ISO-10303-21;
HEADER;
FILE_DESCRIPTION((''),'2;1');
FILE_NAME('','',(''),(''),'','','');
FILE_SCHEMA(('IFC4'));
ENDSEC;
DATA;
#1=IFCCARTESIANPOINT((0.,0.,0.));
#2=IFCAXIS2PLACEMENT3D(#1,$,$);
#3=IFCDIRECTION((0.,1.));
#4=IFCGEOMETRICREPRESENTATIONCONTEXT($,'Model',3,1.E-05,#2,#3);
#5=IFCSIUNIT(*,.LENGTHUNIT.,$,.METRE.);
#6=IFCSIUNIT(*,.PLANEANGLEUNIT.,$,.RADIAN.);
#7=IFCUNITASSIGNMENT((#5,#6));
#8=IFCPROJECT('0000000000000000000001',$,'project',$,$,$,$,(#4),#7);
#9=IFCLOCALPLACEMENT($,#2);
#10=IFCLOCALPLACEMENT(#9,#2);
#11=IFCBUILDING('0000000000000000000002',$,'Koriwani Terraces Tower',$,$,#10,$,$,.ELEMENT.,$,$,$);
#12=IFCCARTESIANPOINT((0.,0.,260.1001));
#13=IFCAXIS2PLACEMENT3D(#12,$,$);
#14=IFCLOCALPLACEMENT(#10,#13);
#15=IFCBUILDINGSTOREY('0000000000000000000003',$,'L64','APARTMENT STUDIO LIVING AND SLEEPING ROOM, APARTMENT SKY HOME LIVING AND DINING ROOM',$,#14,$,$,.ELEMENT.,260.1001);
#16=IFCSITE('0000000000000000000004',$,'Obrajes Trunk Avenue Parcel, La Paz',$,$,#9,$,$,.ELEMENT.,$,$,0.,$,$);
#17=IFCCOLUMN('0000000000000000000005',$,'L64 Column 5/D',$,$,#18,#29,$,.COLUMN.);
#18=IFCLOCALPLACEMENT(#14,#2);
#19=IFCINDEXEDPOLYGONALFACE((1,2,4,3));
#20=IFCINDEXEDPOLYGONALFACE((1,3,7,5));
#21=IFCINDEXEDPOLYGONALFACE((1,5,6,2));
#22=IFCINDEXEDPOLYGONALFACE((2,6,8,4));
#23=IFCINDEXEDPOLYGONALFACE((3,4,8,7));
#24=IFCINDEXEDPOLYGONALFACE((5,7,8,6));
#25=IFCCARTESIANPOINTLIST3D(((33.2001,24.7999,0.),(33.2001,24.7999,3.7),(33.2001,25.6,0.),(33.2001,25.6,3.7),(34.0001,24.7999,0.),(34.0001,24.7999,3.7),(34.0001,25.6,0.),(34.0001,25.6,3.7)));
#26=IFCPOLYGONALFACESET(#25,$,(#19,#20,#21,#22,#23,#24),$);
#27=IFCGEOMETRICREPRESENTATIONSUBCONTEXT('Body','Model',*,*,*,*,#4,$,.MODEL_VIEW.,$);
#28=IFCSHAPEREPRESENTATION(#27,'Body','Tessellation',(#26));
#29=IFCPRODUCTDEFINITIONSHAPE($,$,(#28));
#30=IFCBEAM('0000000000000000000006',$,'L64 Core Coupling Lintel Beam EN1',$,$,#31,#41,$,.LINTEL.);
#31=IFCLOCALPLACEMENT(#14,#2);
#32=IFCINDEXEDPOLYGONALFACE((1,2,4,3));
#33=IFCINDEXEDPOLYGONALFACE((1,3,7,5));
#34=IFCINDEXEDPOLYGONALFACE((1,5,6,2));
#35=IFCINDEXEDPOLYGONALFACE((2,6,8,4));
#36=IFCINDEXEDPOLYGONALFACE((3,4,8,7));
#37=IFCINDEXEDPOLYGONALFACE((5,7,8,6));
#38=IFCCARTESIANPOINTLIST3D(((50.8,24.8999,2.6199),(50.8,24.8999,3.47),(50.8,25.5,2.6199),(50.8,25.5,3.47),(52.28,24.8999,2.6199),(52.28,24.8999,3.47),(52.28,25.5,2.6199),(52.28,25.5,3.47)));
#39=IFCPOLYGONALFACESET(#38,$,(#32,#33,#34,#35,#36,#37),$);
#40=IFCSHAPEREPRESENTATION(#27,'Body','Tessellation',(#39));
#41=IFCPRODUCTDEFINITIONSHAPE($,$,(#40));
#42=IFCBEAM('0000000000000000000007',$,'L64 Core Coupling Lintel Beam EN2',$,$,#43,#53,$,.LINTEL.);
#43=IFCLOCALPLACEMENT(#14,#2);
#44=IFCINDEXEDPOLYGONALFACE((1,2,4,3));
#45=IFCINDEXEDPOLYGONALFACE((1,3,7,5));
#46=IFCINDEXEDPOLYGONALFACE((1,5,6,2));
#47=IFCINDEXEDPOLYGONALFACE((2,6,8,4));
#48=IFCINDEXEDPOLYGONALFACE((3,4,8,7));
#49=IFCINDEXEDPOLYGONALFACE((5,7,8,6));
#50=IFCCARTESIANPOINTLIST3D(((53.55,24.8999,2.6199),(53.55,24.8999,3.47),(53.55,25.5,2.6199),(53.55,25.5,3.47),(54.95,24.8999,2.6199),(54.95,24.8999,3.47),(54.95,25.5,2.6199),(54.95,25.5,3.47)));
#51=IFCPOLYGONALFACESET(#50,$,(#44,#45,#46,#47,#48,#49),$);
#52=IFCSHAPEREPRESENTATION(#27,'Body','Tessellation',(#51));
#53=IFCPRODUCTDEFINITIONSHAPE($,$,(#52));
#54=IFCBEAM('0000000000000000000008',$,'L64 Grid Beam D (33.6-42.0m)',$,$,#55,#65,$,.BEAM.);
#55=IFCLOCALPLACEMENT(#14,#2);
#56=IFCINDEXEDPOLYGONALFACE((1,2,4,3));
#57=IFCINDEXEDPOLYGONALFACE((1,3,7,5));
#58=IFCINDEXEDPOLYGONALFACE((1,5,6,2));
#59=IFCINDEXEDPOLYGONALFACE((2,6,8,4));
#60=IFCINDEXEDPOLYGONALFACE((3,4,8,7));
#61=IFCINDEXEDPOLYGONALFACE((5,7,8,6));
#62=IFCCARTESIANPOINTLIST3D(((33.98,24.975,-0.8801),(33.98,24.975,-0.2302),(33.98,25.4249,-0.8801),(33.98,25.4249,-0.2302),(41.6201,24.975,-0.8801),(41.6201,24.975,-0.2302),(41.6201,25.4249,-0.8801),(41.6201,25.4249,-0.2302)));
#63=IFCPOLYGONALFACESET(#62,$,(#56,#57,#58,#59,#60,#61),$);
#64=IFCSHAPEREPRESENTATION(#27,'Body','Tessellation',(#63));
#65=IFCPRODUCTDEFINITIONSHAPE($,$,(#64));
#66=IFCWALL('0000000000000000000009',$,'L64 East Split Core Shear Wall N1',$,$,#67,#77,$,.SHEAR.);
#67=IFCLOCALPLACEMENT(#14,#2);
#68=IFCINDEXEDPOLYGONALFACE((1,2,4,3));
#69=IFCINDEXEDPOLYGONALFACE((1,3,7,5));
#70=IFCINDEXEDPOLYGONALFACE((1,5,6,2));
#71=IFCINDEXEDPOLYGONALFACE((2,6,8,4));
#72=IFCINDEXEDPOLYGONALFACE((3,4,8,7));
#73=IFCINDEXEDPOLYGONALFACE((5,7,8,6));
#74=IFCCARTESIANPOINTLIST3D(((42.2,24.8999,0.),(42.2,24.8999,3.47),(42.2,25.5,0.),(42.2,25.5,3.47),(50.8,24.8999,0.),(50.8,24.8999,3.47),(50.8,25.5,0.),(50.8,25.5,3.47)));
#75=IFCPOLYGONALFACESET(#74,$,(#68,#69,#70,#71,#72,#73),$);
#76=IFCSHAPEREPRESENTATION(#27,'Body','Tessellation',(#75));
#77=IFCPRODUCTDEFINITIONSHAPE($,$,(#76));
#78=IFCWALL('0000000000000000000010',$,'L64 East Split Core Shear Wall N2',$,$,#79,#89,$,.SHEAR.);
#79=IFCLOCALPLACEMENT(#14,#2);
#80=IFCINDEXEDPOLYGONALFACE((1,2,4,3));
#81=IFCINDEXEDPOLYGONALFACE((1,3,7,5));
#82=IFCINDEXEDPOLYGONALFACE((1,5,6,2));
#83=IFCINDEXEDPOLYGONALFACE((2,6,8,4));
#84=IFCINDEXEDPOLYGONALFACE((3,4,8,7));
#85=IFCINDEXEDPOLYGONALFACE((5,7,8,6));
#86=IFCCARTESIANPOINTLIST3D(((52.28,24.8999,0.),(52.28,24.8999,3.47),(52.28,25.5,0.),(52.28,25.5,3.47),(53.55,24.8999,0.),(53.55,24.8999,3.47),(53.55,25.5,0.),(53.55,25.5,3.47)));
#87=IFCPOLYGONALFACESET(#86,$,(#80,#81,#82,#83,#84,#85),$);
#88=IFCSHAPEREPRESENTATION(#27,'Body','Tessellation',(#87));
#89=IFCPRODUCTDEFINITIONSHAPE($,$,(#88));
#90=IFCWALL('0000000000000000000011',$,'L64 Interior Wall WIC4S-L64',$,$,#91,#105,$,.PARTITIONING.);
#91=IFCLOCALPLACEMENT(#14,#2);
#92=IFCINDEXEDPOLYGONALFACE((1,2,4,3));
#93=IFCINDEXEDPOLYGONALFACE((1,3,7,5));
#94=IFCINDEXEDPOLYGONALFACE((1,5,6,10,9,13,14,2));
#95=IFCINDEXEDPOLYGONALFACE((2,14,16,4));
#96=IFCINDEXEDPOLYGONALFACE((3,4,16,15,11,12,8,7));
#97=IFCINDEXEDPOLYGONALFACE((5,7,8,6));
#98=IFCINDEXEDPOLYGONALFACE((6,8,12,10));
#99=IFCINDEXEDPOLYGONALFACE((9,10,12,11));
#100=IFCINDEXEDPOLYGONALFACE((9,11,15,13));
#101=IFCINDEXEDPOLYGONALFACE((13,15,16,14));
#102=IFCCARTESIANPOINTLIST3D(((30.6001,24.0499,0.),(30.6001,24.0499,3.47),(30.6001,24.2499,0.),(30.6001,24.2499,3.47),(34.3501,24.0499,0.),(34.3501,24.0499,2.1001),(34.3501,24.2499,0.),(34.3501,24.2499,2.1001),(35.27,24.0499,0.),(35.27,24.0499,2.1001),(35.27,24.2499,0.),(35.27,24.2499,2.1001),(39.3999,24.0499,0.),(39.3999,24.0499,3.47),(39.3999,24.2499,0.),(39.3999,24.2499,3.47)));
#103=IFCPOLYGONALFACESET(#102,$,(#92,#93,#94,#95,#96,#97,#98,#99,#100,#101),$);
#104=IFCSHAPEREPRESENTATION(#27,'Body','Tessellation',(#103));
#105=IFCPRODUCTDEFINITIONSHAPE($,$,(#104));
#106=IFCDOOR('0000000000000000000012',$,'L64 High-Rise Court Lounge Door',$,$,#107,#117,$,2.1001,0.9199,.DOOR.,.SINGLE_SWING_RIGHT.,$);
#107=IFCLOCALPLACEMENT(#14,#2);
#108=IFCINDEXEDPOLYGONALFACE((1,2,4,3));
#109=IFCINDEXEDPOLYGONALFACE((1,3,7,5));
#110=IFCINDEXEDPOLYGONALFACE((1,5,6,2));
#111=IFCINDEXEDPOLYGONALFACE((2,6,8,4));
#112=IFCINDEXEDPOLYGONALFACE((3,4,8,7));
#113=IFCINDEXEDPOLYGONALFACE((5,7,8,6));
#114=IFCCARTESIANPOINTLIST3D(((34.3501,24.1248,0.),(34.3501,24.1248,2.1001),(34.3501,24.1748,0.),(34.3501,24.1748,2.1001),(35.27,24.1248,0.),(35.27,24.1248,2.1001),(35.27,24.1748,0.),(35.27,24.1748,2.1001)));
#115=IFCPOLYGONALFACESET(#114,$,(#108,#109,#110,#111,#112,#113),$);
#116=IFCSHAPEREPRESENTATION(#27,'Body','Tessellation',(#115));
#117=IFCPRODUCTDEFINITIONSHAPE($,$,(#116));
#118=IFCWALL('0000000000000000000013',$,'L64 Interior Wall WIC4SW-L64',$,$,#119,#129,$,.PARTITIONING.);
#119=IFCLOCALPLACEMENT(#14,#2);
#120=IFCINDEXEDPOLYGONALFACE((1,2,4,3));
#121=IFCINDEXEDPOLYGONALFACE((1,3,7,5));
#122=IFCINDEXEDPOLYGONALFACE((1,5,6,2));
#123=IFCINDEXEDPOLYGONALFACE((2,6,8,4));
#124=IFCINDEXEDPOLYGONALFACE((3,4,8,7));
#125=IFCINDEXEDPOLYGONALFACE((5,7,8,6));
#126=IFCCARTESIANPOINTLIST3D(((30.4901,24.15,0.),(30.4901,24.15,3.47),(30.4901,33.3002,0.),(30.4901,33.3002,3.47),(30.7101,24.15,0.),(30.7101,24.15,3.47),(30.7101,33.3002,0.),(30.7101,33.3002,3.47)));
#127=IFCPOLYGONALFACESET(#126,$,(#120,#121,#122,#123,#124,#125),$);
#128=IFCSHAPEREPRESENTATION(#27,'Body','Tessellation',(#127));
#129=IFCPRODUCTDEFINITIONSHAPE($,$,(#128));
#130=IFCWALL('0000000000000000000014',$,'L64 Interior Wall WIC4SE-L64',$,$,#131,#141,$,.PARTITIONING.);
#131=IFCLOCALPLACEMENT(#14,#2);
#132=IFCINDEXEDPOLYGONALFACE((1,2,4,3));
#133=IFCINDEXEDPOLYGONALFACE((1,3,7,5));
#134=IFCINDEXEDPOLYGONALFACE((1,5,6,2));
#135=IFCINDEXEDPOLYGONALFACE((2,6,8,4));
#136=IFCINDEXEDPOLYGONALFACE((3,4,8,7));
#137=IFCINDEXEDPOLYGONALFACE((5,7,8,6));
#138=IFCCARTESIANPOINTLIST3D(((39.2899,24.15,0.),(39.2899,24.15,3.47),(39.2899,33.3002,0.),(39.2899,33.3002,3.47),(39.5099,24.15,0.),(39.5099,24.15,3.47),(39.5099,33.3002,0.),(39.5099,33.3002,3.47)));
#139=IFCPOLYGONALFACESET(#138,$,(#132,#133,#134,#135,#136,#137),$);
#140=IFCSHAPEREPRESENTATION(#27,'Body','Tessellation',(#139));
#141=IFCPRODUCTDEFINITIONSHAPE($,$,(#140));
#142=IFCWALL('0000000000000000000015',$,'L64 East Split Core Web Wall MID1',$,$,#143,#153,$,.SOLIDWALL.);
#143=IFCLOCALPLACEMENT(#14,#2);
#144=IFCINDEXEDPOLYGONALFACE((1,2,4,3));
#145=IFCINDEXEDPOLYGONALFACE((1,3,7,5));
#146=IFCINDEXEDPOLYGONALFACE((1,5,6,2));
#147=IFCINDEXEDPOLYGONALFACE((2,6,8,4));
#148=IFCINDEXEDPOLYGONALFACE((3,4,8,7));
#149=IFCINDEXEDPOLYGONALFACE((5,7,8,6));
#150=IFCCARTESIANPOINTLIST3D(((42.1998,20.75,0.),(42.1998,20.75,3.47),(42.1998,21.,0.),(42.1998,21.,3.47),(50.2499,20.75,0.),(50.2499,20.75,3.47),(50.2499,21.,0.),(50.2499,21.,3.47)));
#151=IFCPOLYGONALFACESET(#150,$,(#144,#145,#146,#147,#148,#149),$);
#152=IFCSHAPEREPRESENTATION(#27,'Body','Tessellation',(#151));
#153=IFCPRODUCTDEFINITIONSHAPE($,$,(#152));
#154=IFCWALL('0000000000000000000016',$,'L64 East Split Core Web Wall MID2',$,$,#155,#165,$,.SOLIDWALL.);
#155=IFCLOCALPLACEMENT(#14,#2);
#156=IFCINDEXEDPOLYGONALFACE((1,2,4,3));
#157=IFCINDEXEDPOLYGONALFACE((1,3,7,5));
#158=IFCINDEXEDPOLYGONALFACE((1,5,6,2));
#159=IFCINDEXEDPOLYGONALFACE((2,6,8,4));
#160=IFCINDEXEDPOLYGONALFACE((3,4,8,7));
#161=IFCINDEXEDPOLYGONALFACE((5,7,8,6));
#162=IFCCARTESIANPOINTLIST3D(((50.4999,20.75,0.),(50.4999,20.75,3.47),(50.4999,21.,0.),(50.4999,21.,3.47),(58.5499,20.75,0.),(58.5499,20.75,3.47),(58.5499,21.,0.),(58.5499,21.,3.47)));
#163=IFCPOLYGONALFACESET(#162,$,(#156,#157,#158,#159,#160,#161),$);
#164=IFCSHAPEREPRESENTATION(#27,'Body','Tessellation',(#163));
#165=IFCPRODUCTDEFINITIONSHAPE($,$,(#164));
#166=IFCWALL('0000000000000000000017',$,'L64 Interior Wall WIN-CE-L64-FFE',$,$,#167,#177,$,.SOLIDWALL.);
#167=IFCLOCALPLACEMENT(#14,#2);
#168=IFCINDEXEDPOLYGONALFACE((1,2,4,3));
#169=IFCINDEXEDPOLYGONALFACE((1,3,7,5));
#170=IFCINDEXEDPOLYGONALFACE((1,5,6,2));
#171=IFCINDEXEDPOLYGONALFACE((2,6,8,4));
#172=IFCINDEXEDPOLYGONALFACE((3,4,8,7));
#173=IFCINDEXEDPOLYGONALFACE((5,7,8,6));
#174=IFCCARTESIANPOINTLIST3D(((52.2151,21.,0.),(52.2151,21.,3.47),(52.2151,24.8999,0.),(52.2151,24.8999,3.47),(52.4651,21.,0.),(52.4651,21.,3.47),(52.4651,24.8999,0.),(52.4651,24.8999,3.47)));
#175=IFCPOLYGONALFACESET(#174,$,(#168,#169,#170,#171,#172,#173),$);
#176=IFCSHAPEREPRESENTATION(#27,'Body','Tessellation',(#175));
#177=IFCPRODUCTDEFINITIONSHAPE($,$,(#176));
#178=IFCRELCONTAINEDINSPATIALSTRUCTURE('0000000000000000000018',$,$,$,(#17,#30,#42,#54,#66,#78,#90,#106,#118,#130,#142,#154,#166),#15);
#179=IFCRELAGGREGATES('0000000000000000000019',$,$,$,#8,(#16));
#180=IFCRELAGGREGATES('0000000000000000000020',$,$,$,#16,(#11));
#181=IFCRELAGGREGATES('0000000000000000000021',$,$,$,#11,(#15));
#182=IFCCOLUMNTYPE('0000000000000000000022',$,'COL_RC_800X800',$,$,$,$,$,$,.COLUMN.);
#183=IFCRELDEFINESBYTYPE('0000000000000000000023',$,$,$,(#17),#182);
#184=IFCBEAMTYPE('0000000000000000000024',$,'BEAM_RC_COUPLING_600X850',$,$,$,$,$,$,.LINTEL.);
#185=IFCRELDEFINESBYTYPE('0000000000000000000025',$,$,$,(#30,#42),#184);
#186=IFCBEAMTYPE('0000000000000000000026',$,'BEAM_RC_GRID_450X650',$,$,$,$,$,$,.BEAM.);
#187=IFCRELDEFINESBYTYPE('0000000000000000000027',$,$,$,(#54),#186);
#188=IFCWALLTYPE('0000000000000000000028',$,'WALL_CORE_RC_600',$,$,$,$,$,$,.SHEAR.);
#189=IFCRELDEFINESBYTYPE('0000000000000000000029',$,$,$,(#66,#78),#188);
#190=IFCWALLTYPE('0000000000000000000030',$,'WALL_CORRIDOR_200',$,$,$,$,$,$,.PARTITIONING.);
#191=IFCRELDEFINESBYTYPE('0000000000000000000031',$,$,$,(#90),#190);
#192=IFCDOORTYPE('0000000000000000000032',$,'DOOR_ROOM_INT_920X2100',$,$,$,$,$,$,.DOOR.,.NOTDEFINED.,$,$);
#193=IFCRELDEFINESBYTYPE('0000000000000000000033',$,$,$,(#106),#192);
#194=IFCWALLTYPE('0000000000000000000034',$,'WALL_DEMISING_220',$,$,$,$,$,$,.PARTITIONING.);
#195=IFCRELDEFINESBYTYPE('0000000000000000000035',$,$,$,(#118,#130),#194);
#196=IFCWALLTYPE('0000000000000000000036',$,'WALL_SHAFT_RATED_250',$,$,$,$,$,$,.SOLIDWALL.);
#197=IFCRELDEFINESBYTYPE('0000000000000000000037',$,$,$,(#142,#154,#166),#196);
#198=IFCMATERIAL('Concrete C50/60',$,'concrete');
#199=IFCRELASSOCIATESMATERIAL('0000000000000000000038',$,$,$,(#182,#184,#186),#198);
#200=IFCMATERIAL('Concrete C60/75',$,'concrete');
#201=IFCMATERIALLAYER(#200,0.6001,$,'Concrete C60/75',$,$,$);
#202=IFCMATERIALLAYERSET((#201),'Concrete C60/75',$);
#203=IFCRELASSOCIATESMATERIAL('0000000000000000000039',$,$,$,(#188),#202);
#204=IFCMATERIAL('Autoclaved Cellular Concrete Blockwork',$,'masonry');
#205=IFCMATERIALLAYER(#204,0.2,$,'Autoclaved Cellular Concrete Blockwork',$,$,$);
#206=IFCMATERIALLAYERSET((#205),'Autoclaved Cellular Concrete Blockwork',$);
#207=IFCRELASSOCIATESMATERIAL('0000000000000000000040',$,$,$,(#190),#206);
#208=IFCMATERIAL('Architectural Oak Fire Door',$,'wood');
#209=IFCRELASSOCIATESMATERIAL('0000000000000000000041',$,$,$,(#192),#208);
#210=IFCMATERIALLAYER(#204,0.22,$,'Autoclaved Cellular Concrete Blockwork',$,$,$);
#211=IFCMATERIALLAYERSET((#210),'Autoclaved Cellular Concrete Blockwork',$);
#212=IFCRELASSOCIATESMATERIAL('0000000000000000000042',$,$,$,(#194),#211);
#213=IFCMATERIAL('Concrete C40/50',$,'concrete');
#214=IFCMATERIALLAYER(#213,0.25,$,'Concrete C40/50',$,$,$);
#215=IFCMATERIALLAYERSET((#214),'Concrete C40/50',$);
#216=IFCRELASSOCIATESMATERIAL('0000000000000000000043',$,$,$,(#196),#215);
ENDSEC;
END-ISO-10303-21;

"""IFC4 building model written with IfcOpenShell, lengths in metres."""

from ifc_helpers import new_model, si_unit, direction, frame, frame_2d, origin, origin_2d, place, context, subcontext, project, spatial, rectangle, extrude, material, layer, layer_set, material_profile, profile_set, type_object, element, fill, save


model = new_model("IFC4")

# Units and contexts
model_context = context("Model", 3, precision=1e-05, world=origin(), true_north=direction((0.0, 1.0)))
body_context = subcontext(model_context, "Body", "Model", "MODEL_VIEW")
ifc_project = project(units=[si_unit("LENGTHUNIT", "METRE"), si_unit("PLANEANGLEUNIT", "RADIAN")], contexts=[model_context])

# Site, building, storey
site_placement = place(None, origin())
site = spatial("IfcSite", under=ifc_project, at=site_placement, Name="Obrajes Trunk Avenue Parcel, La Paz", CompositionType="ELEMENT", RefElevation=0.0)
building_placement = place(site_placement, origin())
building = spatial("IfcBuilding", under=site, at=building_placement, Name="Koriwani Terraces Tower", CompositionType="ELEMENT")
storey_placement = place(building_placement, frame((0.0, 0.0, 260.1001)))
storey = spatial("IfcBuildingStorey", under=building, at=storey_placement, Name="L64", Description="APARTMENT STUDIO LIVING AND SLEEPING ROOM, APARTMENT SKY HOME LIVING AND DINING ROOM", CompositionType="ELEMENT", Elevation=260.1001)

# Column
ifc_material_1 = material(Name="Concrete C50/60", Category="concrete")
ifc_material_profile_1 = material_profile(ifc_material_1, rectangle(XDim=0.8, YDim=0.8, at=origin_2d()), Name="Concrete C50/60", Category="LoadBearing")
ifc_profile_set_1 = profile_set([ifc_material_profile_1], Name="Concrete C50/60")
column_type = type_object("IfcColumnType", Name="COL_RC_800X800", PredefinedType="COLUMN", material=ifc_profile_set_1)
column_placement = place(storey_placement, frame((33.6001, 25.2, 0.0), z_axis=(0.0, 0.0, 1.0), x_axis=(1.0, 0.0, 0.0)))
element("IfcColumn", 1, at=column_placement, inside=storey, type_object=column_type, Name="L64 Column 5/D", PredefinedType="COLUMN", context=body_context, shape_type="SweptSolid", body=[
    extrude(rectangle(XDim=0.8, YDim=0.8, at=origin_2d()), origin(), (0.0, 0.0, 1.0), 3.7),
])

# Beams
ifc_material_profile_2 = material_profile(ifc_material_1, rectangle(XDim=0.6001, YDim=0.8501, at=origin_2d()), Name="Concrete C50/60", Category="LoadBearing")
ifc_profile_set_2 = profile_set([ifc_material_profile_2], Name="Concrete C50/60")
beam_type_1 = type_object("IfcBeamType", Name="BEAM_RC_COUPLING_600X850", PredefinedType="LINTEL", material=ifc_profile_set_2)
beam_1_placement = place(storey_placement, frame((50.8, 25.2, 3.0449), z_axis=(1.0, 0.0, 0.0), x_axis=(0.0, 1.0, 0.0)))
element("IfcBeam", 2, at=beam_1_placement, inside=storey, type_object=beam_type_1, Name="L64 Core Coupling Lintel Beam EN1", PredefinedType="LINTEL", context=body_context, shape_type="SweptSolid", body=[
    extrude(rectangle(XDim=0.6001, YDim=0.8501, at=origin_2d()), origin(), (0.0, 0.0, 1.0), 1.48),
])
beam_2_placement = place(storey_placement, frame((53.55, 25.2, 3.0449), z_axis=(1.0, 0.0, 0.0), x_axis=(0.0, 1.0, 0.0)))
element("IfcBeam", 3, at=beam_2_placement, inside=storey, type_object=beam_type_1, Name="L64 Core Coupling Lintel Beam EN2", PredefinedType="LINTEL", context=body_context, shape_type="SweptSolid", body=[
    extrude(rectangle(XDim=0.6001, YDim=0.8501, at=origin_2d()), origin(), (0.0, 0.0, 1.0), 1.3999),
])
ifc_material_profile_3 = material_profile(ifc_material_1, rectangle(XDim=0.45, YDim=0.6499, at=origin_2d()), Name="Concrete C50/60", Category="LoadBearing")
ifc_profile_set_3 = profile_set([ifc_material_profile_3], Name="Concrete C50/60")
beam_type_2 = type_object("IfcBeamType", Name="BEAM_RC_GRID_450X650", PredefinedType="BEAM", material=ifc_profile_set_3)
beam_3_placement = place(storey_placement, frame((33.98, 25.2, -0.5552), z_axis=(1.0, 0.0, 0.0), x_axis=(0.0, 1.0, 0.0)))
element("IfcBeam", 4, at=beam_3_placement, inside=storey, type_object=beam_type_2, Name="L64 Grid Beam D (33.6-42.0m)", PredefinedType="BEAM", context=body_context, shape_type="SweptSolid", body=[
    extrude(rectangle(XDim=0.45, YDim=0.6499, at=origin_2d()), origin(), (0.0, 0.0, 1.0), 7.6401),
])

# Walls
ifc_material_2 = material(Name="Concrete C60/75", Category="concrete")
ifc_layer_1 = layer(ifc_material_2, 0.6001, Name="Concrete C60/75")
ifc_layer_set_1 = layer_set([ifc_layer_1], Name="Concrete C60/75")
wall_type_1 = type_object("IfcWallType", Name="WALL_CORE_RC_600", PredefinedType="SHEAR", material=ifc_layer_set_1)
wall_1_placement = place(storey_placement, frame((42.2, 25.2, 0.0), z_axis=(0.0, 0.0, 1.0), x_axis=(1.0, 0.0, 0.0)))
element("IfcWall", 5, at=wall_1_placement, inside=storey, type_object=wall_type_1, Name="L64 East Split Core Shear Wall N1", PredefinedType="SHEAR", context=body_context, shape_type="SweptSolid", body=[
    extrude(rectangle(XDim=8.6001, YDim=0.6001, at=frame_2d((4.3, 0.0))), origin(), (0.0, 0.0, 1.0), 3.47),
])
wall_2_placement = place(storey_placement, frame((52.28, 25.2, 0.0), z_axis=(0.0, 0.0, 1.0), x_axis=(1.0, 0.0, 0.0)))
element("IfcWall", 6, at=wall_2_placement, inside=storey, type_object=wall_type_1, Name="L64 East Split Core Shear Wall N2", PredefinedType="SHEAR", context=body_context, shape_type="SweptSolid", body=[
    extrude(rectangle(XDim=1.27, YDim=0.6001, at=frame_2d((0.635, 0.0))), origin(), (0.0, 0.0, 1.0), 3.47),
])

# Wall, opening, door
ifc_material_3 = material(Name="Autoclaved Cellular Concrete Blockwork", Category="masonry")
ifc_layer_2 = layer(ifc_material_3, 0.2, Name="Autoclaved Cellular Concrete Blockwork")
ifc_layer_set_2 = layer_set([ifc_layer_2], Name="Autoclaved Cellular Concrete Blockwork")
wall_type_2 = type_object("IfcWallType", Name="WALL_CORRIDOR_200", PredefinedType="PARTITIONING", material=ifc_layer_set_2)
wall_3_placement = place(storey_placement, frame((30.6001, 24.1499, 0.0), z_axis=(0.0, 0.0, 1.0), x_axis=(1.0, 0.0, 0.0)))
wall_3 = element("IfcWall", 7, at=wall_3_placement, inside=storey, type_object=wall_type_2, Name="L64 Interior Wall WIC4S-L64", PredefinedType="PARTITIONING", context=body_context, shape_type="SweptSolid", body=[
    extrude(rectangle(XDim=8.7998, YDim=0.2, at=frame_2d((4.3999, 0.0))), origin(), (0.0, 0.0, 1.0), 3.47),
])
opening_1_placement = place(wall_3_placement, frame((3.75, 0.0, 0.0)))
opening_1 = element("IfcOpeningElement", 8, at=opening_1_placement, cuts=wall_3, PredefinedType="OPENING", context=body_context, shape_type="SweptSolid", body=[
    extrude(rectangle(XDim=0.9199, YDim=2.1001, at=frame_2d((0.46, 1.05))), frame((0.0, 0.1099, 0.0), z_axis=(0.0, -1.0, 0.0), x_axis=(1.0, 0.0, 0.0)), (0.0, 0.0, 1.0), 0.22),
])
ifc_material_4 = material(Name="Architectural Oak Fire Door", Category="wood")
door_type_1 = type_object("IfcDoorType", Name="DOOR_ROOM_INT_920X2100", OperationType="NOTDEFINED", PredefinedType="DOOR", material=ifc_material_4)
door_1_placement = place(opening_1_placement, origin())
door_1 = element("IfcDoor", 9, at=door_1_placement, inside=storey, type_object=door_type_1, Name="L64 High-Rise Court Lounge Door", OperationType="SINGLE_SWING_RIGHT", OverallHeight=2.1001, OverallWidth=0.9199, PredefinedType="DOOR", context=body_context, shape_type="SweptSolid", body=[
    extrude(rectangle(XDim=0.9199, YDim=2.1001, at=frame_2d((0.46, 1.05))), frame((0.0, 0.0249, 0.0), z_axis=(0.0, -1.0, 0.0), x_axis=(1.0, 0.0, 0.0)), (0.0, 0.0, 1.0), 0.05),
])
fill(opening_1, door_1)

# Walls
ifc_layer_3 = layer(ifc_material_3, 0.22, Name="Autoclaved Cellular Concrete Blockwork")
ifc_layer_set_3 = layer_set([ifc_layer_3], Name="Autoclaved Cellular Concrete Blockwork")
wall_type_3 = type_object("IfcWallType", Name="WALL_DEMISING_220", PredefinedType="PARTITIONING", material=ifc_layer_set_3)
for number, where, z_axis, x_axis, name in (
    (10, (30.6001, 24.1499, 0.0), (0.0, 0.0, 1.0), (0.0, 1.0, 0.0), "L64 Interior Wall WIC4SW-L64"),
    (11, (39.3999, 24.1499, 0.0), (0.0, 0.0, 1.0), (0.0, 1.0, 0.0), "L64 Interior Wall WIC4SE-L64"),
):
    element("IfcWall", number, at=place(storey_placement, frame(where, z_axis=z_axis, x_axis=x_axis)), inside=storey, type_object=wall_type_3, Name=name, PredefinedType="PARTITIONING", context=body_context, shape_type="SweptSolid", body=[
        extrude(rectangle(XDim=9.1501, YDim=0.22, at=frame_2d((4.5752, 0.0))), origin(), (0.0, 0.0, 1.0), 3.47),
    ])
ifc_material_5 = material(Name="Concrete C40/50", Category="concrete")
ifc_layer_4 = layer(ifc_material_5, 0.25, Name="Concrete C40/50")
ifc_layer_set_4 = layer_set([ifc_layer_4], Name="Concrete C40/50")
wall_type_4 = type_object("IfcWallType", Name="WALL_SHAFT_RATED_250", PredefinedType="SOLIDWALL", material=ifc_layer_set_4)
for number, where, z_axis, x_axis, name in (
    (12, (42.2, 20.875, 0.0), (0.0, 0.0, 1.0), (1.0, 0.0, 0.0), "L64 East Split Core Web Wall MID1"),
    (13, (50.5, 20.875, 0.0), (0.0, 0.0, 1.0), (1.0, 0.0, 0.0), "L64 East Split Core Web Wall MID2"),
):
    element("IfcWall", number, at=place(storey_placement, frame(where, z_axis=z_axis, x_axis=x_axis)), inside=storey, type_object=wall_type_4, Name=name, PredefinedType="SOLIDWALL", context=body_context, shape_type="SweptSolid", body=[
        extrude(rectangle(XDim=8.05, YDim=0.25, at=frame_2d((4.0249, 0.0))), origin(), (0.0, 0.0, 1.0), 3.47),
    ])

# Wall
wall_4_placement = place(storey_placement, frame((52.3401, 21.0, 0.0), z_axis=(0.0, 0.0, 1.0), x_axis=(0.0, 1.0, 0.0)))
element("IfcWall", 14, at=wall_4_placement, inside=storey, type_object=wall_type_4, Name="L64 Interior Wall WIN-CE-L64-FFE", PredefinedType="SOLIDWALL", context=body_context, shape_type="SweptSolid", body=[
    extrude(rectangle(XDim=3.8999, YDim=0.25, at=frame_2d((1.95, 0.0))), origin(), (0.0, 0.0, 1.0), 3.47),
])

save(model, "model.ifc")
